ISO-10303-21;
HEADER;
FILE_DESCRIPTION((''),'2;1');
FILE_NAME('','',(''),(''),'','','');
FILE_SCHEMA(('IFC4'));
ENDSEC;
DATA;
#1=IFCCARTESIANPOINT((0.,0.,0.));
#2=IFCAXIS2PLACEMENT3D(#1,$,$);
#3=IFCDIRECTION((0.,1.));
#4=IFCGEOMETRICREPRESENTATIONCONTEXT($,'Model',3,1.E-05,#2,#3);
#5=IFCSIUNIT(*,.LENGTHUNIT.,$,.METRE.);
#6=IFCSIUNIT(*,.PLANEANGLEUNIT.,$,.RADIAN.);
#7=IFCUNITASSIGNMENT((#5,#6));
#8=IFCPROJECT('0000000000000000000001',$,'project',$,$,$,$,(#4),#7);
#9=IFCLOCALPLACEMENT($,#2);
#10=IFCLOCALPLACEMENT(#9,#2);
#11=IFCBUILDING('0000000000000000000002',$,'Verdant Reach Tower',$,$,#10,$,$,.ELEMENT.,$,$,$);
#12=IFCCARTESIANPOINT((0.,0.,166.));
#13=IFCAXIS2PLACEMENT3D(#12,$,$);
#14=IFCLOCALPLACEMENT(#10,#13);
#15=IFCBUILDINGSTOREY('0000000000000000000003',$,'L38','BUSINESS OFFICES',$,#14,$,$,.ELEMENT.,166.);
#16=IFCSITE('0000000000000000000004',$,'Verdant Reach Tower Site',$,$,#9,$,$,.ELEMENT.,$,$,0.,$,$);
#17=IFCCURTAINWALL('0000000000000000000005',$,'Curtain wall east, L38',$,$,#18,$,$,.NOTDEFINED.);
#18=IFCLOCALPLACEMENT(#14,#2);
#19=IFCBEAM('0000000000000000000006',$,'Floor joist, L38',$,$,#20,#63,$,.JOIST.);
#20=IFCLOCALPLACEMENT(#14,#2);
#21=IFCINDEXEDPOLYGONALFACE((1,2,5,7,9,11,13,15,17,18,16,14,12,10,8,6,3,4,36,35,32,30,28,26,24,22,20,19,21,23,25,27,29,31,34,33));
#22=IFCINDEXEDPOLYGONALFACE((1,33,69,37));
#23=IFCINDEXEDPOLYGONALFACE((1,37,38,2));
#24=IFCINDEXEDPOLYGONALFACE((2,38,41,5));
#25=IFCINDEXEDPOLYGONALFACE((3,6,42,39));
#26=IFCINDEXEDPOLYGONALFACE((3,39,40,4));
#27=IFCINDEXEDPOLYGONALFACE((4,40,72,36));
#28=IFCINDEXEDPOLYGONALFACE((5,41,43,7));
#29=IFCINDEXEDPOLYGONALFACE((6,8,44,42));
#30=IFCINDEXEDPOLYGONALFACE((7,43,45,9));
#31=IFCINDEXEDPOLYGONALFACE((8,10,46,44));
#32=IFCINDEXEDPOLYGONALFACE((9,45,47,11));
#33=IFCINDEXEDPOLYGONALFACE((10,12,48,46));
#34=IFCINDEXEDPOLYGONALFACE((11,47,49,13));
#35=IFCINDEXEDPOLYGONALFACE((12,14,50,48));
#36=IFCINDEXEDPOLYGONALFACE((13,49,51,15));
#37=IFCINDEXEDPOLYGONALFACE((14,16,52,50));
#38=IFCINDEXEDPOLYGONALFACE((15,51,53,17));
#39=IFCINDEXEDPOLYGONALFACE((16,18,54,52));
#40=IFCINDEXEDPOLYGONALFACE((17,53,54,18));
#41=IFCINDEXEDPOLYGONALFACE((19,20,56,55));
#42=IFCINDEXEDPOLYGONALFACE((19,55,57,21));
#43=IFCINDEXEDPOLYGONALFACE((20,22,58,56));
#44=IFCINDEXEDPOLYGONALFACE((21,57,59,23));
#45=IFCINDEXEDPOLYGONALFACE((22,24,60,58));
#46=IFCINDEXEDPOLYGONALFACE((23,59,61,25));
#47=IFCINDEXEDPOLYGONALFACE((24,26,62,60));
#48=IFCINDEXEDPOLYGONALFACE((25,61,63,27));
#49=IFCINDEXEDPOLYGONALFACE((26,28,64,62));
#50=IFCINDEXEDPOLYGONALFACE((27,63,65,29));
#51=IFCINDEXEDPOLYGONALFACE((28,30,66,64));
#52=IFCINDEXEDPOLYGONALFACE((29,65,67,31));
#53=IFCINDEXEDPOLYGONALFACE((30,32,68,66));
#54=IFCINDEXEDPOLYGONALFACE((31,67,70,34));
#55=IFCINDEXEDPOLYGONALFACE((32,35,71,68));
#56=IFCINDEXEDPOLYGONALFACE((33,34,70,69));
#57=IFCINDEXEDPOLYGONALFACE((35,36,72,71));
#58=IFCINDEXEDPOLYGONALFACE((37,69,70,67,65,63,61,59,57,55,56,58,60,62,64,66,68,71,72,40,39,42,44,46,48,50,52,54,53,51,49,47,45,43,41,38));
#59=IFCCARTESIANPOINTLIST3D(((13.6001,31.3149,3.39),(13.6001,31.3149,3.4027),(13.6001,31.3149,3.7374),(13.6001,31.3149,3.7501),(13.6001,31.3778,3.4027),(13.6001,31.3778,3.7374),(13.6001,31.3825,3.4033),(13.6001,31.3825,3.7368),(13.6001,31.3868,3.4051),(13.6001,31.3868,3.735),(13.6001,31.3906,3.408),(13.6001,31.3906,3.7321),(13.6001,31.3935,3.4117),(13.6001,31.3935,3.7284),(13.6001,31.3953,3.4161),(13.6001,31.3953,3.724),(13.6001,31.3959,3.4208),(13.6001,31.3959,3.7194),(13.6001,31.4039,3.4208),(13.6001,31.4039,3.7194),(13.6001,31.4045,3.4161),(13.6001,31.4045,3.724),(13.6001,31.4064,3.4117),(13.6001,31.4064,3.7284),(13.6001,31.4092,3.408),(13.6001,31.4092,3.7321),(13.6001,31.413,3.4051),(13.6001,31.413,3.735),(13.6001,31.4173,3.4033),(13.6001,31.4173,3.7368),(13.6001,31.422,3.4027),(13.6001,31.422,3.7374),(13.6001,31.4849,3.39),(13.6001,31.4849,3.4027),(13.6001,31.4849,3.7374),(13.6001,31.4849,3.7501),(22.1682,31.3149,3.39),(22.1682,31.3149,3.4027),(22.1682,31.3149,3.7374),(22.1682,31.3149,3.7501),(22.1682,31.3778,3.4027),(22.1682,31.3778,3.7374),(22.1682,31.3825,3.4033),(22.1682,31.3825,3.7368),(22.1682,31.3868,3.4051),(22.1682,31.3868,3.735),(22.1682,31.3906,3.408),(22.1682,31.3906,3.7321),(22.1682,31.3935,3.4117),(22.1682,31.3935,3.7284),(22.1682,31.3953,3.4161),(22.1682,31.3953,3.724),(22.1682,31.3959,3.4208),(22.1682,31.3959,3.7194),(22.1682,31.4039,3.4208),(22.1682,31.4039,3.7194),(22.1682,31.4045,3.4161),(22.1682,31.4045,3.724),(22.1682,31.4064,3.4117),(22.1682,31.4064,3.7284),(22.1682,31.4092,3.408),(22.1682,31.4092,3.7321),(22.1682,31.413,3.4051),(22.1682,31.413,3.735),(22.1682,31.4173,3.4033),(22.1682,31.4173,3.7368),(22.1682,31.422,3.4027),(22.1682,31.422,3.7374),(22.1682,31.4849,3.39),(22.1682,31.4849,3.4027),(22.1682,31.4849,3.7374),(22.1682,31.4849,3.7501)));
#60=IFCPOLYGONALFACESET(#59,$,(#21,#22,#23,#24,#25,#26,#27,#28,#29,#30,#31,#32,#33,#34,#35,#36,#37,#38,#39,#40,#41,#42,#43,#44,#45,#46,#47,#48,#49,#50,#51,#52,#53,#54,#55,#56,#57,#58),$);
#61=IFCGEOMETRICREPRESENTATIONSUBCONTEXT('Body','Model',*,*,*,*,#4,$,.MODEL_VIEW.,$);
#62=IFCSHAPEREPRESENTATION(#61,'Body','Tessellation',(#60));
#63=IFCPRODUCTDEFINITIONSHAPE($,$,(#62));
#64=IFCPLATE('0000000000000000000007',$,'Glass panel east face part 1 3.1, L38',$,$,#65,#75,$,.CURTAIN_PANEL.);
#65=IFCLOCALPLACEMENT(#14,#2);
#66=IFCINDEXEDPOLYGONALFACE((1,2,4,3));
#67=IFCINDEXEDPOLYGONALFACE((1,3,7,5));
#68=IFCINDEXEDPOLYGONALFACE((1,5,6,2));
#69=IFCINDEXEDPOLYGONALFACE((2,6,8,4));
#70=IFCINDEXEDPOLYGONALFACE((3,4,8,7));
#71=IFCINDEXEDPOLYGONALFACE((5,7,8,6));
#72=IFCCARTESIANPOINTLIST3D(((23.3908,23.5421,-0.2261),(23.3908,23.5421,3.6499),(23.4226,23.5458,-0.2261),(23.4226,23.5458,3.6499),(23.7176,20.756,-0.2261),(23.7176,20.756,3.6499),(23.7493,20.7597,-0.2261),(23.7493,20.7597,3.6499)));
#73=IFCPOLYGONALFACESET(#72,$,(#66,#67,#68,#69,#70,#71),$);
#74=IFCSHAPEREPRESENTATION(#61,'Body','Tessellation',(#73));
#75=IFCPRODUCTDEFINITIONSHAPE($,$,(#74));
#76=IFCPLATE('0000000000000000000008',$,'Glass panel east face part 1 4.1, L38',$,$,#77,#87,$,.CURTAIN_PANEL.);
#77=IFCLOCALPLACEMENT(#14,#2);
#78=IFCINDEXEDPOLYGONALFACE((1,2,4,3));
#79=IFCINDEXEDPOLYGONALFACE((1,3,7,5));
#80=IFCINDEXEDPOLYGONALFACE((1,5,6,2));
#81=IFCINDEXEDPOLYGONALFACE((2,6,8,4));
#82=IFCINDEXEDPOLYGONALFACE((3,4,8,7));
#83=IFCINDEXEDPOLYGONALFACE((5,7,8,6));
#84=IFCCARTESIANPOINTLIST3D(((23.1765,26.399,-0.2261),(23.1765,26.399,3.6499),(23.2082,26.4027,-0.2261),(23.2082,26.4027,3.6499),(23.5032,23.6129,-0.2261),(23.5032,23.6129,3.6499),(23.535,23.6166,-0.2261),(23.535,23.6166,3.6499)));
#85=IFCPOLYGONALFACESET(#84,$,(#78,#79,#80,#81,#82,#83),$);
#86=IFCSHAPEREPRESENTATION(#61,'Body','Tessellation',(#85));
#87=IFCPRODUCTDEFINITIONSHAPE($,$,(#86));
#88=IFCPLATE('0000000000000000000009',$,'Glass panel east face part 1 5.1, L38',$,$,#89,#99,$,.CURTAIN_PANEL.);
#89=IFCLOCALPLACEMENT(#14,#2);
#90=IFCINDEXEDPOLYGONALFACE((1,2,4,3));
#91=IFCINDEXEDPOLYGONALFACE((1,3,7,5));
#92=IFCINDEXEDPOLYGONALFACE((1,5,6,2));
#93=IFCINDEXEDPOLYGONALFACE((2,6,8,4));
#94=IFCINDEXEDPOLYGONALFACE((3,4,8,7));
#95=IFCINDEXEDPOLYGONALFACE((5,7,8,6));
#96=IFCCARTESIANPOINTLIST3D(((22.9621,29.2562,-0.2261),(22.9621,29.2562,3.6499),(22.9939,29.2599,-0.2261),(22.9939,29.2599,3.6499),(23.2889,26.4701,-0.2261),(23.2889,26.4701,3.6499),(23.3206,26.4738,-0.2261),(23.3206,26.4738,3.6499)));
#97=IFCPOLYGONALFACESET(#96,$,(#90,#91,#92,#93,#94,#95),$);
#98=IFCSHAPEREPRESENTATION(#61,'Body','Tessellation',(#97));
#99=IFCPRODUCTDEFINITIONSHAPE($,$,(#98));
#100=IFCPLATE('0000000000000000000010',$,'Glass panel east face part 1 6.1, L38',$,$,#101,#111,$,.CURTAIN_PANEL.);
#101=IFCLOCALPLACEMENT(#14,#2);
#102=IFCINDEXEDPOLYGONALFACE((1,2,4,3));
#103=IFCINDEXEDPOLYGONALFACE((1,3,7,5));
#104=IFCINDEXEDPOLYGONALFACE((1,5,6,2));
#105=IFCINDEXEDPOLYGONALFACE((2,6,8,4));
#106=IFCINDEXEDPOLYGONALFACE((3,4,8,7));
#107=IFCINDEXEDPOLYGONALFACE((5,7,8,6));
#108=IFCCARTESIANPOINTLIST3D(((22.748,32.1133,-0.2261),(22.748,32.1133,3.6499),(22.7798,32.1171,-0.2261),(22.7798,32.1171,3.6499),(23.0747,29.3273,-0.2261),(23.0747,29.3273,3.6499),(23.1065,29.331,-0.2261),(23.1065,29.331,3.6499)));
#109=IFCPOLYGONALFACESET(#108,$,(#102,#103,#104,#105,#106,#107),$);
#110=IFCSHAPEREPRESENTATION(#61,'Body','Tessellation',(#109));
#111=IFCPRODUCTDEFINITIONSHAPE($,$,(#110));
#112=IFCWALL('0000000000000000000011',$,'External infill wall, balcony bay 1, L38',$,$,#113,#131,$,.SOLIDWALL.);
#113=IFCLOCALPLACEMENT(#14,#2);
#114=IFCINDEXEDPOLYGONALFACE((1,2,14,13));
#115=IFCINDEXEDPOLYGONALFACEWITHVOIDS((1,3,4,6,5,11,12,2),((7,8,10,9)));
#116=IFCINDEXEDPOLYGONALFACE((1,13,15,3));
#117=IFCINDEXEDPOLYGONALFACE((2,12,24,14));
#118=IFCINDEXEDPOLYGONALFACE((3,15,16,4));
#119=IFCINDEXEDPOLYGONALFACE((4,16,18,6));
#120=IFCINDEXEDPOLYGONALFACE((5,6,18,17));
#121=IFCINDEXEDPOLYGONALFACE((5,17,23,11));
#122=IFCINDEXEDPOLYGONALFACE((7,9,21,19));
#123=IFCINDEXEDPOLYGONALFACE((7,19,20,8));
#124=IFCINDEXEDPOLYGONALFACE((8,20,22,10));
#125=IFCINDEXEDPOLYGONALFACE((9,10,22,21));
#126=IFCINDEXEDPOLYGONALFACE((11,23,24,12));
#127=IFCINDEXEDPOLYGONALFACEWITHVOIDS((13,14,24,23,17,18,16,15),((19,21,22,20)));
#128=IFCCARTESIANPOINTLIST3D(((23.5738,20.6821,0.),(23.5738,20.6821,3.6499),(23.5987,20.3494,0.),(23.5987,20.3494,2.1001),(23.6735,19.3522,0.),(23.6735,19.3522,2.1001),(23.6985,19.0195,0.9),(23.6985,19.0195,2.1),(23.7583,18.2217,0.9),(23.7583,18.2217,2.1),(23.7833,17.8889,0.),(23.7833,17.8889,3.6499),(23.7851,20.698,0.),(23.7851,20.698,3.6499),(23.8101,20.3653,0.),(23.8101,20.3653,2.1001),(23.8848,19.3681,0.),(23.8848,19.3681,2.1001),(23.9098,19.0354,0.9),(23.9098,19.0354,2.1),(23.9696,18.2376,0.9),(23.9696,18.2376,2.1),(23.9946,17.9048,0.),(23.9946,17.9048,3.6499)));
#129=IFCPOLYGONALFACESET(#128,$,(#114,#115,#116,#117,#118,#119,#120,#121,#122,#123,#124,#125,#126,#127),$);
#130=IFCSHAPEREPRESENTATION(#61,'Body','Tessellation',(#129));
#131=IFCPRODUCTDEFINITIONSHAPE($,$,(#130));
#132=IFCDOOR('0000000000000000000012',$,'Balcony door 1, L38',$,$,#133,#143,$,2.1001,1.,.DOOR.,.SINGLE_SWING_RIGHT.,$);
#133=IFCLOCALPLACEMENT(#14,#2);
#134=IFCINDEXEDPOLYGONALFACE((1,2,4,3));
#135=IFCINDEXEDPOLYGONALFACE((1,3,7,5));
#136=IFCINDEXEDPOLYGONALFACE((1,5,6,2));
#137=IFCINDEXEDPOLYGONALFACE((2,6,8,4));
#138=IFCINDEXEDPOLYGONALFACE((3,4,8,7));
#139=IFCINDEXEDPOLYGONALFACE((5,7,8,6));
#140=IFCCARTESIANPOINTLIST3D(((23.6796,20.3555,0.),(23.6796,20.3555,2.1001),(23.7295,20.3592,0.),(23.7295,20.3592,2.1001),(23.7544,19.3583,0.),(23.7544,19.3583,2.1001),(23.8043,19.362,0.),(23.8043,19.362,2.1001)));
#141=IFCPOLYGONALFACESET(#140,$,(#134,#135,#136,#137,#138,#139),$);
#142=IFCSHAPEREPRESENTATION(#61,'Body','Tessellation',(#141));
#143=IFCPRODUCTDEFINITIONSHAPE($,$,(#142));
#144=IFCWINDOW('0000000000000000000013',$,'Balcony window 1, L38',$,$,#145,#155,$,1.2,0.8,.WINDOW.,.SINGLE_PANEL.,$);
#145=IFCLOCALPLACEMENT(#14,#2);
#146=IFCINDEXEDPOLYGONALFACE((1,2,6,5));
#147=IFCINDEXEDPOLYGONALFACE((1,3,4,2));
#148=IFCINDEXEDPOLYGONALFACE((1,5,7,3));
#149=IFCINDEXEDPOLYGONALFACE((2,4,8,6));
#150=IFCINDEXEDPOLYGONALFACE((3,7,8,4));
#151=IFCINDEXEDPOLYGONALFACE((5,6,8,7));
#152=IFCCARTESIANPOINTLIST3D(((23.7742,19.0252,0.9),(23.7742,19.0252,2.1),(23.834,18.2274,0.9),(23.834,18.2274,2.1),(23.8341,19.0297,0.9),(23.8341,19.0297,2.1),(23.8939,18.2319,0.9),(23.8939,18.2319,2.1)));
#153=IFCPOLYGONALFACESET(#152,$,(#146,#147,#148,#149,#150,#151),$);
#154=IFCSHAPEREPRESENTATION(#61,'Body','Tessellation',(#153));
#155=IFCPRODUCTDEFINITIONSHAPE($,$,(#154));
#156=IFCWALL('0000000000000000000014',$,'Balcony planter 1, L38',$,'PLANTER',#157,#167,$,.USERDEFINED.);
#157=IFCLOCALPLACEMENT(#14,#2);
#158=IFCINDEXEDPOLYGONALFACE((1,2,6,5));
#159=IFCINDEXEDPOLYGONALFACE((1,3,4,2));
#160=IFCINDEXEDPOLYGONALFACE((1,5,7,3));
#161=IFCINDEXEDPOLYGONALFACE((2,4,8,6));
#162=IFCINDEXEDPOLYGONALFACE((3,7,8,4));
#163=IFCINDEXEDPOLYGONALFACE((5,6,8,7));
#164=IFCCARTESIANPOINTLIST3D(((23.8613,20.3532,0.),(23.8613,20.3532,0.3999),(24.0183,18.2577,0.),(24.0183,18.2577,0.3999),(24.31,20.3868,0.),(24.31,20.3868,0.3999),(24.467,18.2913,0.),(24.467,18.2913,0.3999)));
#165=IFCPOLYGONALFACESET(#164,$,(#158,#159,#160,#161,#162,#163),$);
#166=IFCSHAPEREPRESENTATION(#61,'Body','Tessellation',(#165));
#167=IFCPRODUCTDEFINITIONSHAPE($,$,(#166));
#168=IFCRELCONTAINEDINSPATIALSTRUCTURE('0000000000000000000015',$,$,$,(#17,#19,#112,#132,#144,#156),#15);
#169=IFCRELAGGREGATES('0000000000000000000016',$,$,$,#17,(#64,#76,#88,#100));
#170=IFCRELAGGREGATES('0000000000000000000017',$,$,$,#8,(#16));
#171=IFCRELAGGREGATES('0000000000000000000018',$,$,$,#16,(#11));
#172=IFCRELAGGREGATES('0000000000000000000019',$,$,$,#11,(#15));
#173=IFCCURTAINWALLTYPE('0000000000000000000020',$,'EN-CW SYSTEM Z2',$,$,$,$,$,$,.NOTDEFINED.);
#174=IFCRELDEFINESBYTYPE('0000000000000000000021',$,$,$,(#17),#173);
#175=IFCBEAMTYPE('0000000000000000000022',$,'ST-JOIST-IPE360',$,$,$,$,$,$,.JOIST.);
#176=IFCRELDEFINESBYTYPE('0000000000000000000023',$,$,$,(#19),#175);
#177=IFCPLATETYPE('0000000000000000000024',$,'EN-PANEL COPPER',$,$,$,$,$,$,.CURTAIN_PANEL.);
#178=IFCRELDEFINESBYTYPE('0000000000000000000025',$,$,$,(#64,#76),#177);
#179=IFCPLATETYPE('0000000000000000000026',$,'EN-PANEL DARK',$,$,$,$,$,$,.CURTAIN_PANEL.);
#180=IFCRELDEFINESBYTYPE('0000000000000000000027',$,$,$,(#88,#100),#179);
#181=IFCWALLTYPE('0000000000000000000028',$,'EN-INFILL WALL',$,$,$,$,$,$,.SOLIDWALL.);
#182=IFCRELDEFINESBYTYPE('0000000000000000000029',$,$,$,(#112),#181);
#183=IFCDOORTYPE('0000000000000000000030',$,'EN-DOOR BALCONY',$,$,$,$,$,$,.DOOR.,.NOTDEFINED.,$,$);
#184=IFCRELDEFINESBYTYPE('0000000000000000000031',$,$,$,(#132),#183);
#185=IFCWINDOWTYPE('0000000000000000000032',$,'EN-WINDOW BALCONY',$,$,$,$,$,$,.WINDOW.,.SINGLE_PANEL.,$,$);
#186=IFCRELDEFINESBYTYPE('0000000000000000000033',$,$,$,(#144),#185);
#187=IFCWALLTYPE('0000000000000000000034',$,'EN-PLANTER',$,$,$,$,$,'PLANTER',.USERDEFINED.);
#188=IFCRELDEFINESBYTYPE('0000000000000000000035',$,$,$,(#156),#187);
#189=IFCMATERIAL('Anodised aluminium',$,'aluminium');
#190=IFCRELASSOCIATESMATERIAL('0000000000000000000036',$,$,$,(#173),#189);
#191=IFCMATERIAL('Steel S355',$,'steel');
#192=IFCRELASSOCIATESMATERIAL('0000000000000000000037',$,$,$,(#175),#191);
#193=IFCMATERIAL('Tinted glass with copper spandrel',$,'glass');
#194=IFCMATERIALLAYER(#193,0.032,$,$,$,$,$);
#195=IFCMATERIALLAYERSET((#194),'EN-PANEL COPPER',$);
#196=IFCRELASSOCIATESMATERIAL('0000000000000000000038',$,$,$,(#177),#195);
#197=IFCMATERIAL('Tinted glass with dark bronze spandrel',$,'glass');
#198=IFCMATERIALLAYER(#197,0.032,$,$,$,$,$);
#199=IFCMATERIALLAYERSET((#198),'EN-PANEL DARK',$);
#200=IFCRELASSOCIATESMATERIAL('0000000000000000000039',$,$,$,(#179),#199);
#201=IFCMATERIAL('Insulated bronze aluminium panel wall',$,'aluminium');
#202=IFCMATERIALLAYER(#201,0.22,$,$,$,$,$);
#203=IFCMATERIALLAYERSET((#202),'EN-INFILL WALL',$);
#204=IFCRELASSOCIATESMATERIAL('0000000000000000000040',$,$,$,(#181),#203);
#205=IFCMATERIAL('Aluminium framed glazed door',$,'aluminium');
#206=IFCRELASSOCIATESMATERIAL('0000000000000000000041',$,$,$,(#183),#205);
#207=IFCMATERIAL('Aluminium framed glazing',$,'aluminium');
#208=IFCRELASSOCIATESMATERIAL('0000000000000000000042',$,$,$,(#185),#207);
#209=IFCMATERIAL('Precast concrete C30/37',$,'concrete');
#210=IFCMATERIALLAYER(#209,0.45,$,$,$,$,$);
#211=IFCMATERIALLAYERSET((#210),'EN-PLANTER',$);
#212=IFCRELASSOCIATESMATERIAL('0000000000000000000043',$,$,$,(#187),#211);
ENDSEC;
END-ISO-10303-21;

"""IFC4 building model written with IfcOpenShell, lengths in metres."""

from ifc_helpers import new_model, si_unit, direction, frame, frame_2d, origin, origin_2d, place, context, subcontext, project, spatial, rectangle, i_section, extrude, material, layer, layer_set, material_profile, profile_set, type_object, element, fill, aggregate, save


model = new_model("IFC4")

# Units and contexts
model_context = context("Model", 3, precision=1e-05, world=origin(), true_north=direction((0.0, 1.0)))
body_context = subcontext(model_context, "Body", "Model", "MODEL_VIEW")
ifc_project = project(units=[si_unit("LENGTHUNIT", "METRE"), si_unit("PLANEANGLEUNIT", "RADIAN")], contexts=[model_context])

# Site, building, storey
site_placement = place(None, origin())
site = spatial("IfcSite", under=ifc_project, at=site_placement, Name="Verdant Reach Tower Site", CompositionType="ELEMENT", RefElevation=0.0)
building_placement = place(site_placement, origin())
building = spatial("IfcBuilding", under=site, at=building_placement, Name="Verdant Reach Tower", CompositionType="ELEMENT")
storey_placement = place(building_placement, frame((0.0, 0.0, 166.0)))
storey = spatial("IfcBuildingStorey", under=building, at=storey_placement, Name="L38", Description="BUSINESS OFFICES", CompositionType="ELEMENT", Elevation=166.0)

# Curtain wall
ifc_material_1 = material(Name="Anodised aluminium", Category="aluminium")
curtain_wall_type = type_object("IfcCurtainWallType", Name="EN-CW SYSTEM Z2", PredefinedType="NOTDEFINED", material=ifc_material_1)
curtain_wall_placement = place(storey_placement, origin())
curtain_wall = element("IfcCurtainWall", 1, at=curtain_wall_placement, inside=storey, type_object=curtain_wall_type, Name="Curtain wall east, L38", PredefinedType="NOTDEFINED")

# Beam
ifc_material_2 = material(Name="Steel S355", Category="steel")
ifc_material_profile_1 = material_profile(ifc_material_2, i_section(OverallWidth=0.1699, OverallDepth=0.3601, WebThickness=0.0081, FlangeThickness=0.0127, FilletRadius=0.0181, at=origin_2d()), Name="IPE 360")
ifc_profile_set_1 = profile_set([ifc_material_profile_1], Name="Steel S355")
beam_type = type_object("IfcBeamType", Name="ST-JOIST-IPE360", PredefinedType="JOIST", material=ifc_profile_set_1)
beam_1_placement = place(storey_placement, frame((13.6001, 31.3999, 3.5701), z_axis=(1.0, 0.0, 0.0), x_axis=(0.0, 1.0, 0.0)))
element("IfcBeam", 2, at=beam_1_placement, inside=storey, type_object=beam_type, Name="Floor joist, L38", PredefinedType="JOIST", context=body_context, shape_type="SweptSolid", body=[
    extrude(i_section(OverallWidth=0.1699, OverallDepth=0.3601, WebThickness=0.0081, FlangeThickness=0.0127, FilletRadius=0.0181, at=origin_2d()), origin(), (0.0, 0.0, 1.0), 8.5681),
])

# Plates
ifc_material_3 = material(Name="Tinted glass with copper spandrel", Category="glass")
ifc_layer_1 = layer(ifc_material_3, 0.032)
ifc_layer_set_1 = layer_set([ifc_layer_1], Name="EN-PANEL COPPER")
plate_type_1 = type_object("IfcPlateType", Name="EN-PANEL COPPER", PredefinedType="CURTAIN_PANEL", material=ifc_layer_set_1)
plate_1_placement = place(storey_placement, frame((23.5701, 22.1509, -0.2261), z_axis=(0.0, 0.0, 1.0), x_axis=(-0.116483, 0.993193, 0.0)))
plate_1 = element("IfcPlate", 3, at=plate_1_placement, type_object=plate_type_1, Name="Glass panel east face part 1 3.1, L38", PredefinedType="CURTAIN_PANEL", context=body_context, shape_type="SweptSolid", body=[
    extrude(rectangle(XDim=2.8052, YDim=0.032, at=origin_2d()), origin(), (0.0, 0.0, 1.0), 3.876),
])
plate_2_placement = place(storey_placement, frame((23.3557, 25.0078, -0.2261), z_axis=(0.0, 0.0, 1.0), x_axis=(-0.116483, 0.993193, 0.0)))
plate_2 = element("IfcPlate", 4, at=plate_2_placement, type_object=plate_type_1, Name="Glass panel east face part 1 4.1, L38", PredefinedType="CURTAIN_PANEL", context=body_context, shape_type="SweptSolid", body=[
    extrude(rectangle(XDim=2.8052, YDim=0.032, at=origin_2d()), origin(), (0.0, 0.0, 1.0), 3.876),
])
ifc_material_4 = material(Name="Tinted glass with dark bronze spandrel", Category="glass")
ifc_layer_2 = layer(ifc_material_4, 0.032)
ifc_layer_set_2 = layer_set([ifc_layer_2], Name="EN-PANEL DARK")
plate_type_2 = type_object("IfcPlateType", Name="EN-PANEL DARK", PredefinedType="CURTAIN_PANEL", material=ifc_layer_set_2)
plate_3_placement = place(storey_placement, frame((23.1414, 27.865, -0.2261), z_axis=(0.0, 0.0, 1.0), x_axis=(-0.116483, 0.993193, 0.0)))
plate_3 = element("IfcPlate", 5, at=plate_3_placement, type_object=plate_type_2, Name="Glass panel east face part 1 5.1, L38", PredefinedType="CURTAIN_PANEL", context=body_context, shape_type="SweptSolid", body=[
    extrude(rectangle(XDim=2.8052, YDim=0.032, at=origin_2d()), origin(), (0.0, 0.0, 1.0), 3.876),
])
plate_4_placement = place(storey_placement, frame((22.9272, 30.7222, -0.2261), z_axis=(0.0, 0.0, 1.0), x_axis=(-0.116483, 0.993193, 0.0)))
plate_4 = element("IfcPlate", 6, at=plate_4_placement, type_object=plate_type_2, Name="Glass panel east face part 1 6.1, L38", PredefinedType="CURTAIN_PANEL", context=body_context, shape_type="SweptSolid", body=[
    extrude(rectangle(XDim=2.8052, YDim=0.032, at=origin_2d()), origin(), (0.0, 0.0, 1.0), 3.876),
])
aggregate(curtain_wall, [plate_1, plate_2, plate_3, plate_4])

# Wall, openings, door, window
ifc_material_5 = material(Name="Insulated bronze aluminium panel wall", Category="aluminium")
ifc_layer_3 = layer(ifc_material_5, 0.22)
ifc_layer_set_3 = layer_set([ifc_layer_3], Name="EN-INFILL WALL")
wall_type_1 = type_object("IfcWallType", Name="EN-INFILL WALL", PredefinedType="SOLIDWALL", material=ifc_layer_set_3)
wall_1_placement = place(storey_placement, frame((23.8889, 17.897, 0.0), z_axis=(0.0, 0.0, 1.0), x_axis=(-0.074783, 0.9972, 0.0)))
wall_1 = element("IfcWall", 7, at=wall_1_placement, inside=storey, type_object=wall_type_1, Name="External infill wall, balcony bay 1, L38", PredefinedType="SOLIDWALL", context=body_context, shape_type="SweptSolid", body=[
    extrude(rectangle(XDim=2.801, YDim=0.2119, at=frame_2d((1.4004, 0.0))), origin(), (0.0, 0.0, 1.0), 3.6499),
])
opening_1_placement = place(wall_1_placement, frame((1.4673, 0.0, 0.0)))
opening_1 = element("IfcOpeningElement", 8, at=opening_1_placement, cuts=wall_1, PredefinedType="OPENING", context=body_context, shape_type="SweptSolid", body=[
    extrude(rectangle(XDim=1.0, YDim=2.1001, at=frame_2d((0.5, 1.05))), frame((0.0, 0.116, 0.0), z_axis=(0.0, -1.0, 0.0), x_axis=(1.0, 0.0, 0.0)), (0.0, 0.0, 1.0), 0.2319),
])
opening_2_placement = place(wall_1_placement, frame((0.3337, 0.0, 0.8999)))
opening_2 = element("IfcOpeningElement", 9, at=opening_2_placement, cuts=wall_1, PredefinedType="OPENING", context=body_context, shape_type="SweptSolid", body=[
    extrude(rectangle(XDim=0.8, YDim=1.2, at=frame_2d((0.3999, 0.6001))), frame((0.0, 0.116, 0.0), z_axis=(0.0, -1.0, 0.0), x_axis=(1.0, 0.0, 0.0)), (0.0, 0.0, 1.0), 0.2319),
])
ifc_material_6 = material(Name="Aluminium framed glazed door", Category="aluminium")
door_type_1 = type_object("IfcDoorType", Name="EN-DOOR BALCONY", OperationType="NOTDEFINED", PredefinedType="DOOR", material=ifc_material_6)
door_1_placement = place(opening_1_placement, origin())
door_1 = element("IfcDoor", 10, at=door_1_placement, inside=storey, type_object=door_type_1, Name="Balcony door 1, L38", OperationType="SINGLE_SWING_RIGHT", OverallHeight=2.1001, OverallWidth=1.0, PredefinedType="DOOR", context=body_context, shape_type="SweptSolid", body=[
    extrude(rectangle(XDim=1.0, YDim=2.1001, at=frame_2d((0.5, 1.05))), frame((0.0, 0.0249, 0.0), z_axis=(0.0, -1.0, 0.0), x_axis=(1.0, 0.0, 0.0)), (0.0, 0.0, 1.0), 0.05),
])
fill(opening_1, door_1)
ifc_material_7 = material(Name="Aluminium framed glazing", Category="aluminium")
window_type = type_object("IfcWindowType", Name="EN-WINDOW BALCONY", PartitioningType="SINGLE_PANEL", PredefinedType="WINDOW", material=ifc_material_7)
window_placement = place(opening_2_placement, origin())
window = element("IfcWindow", 11, at=window_placement, inside=storey, type_object=window_type, Name="Balcony window 1, L38", OverallHeight=1.2, OverallWidth=0.8, PartitioningType="SINGLE_PANEL", PredefinedType="WINDOW", context=body_context, shape_type="SweptSolid", body=[
    extrude(rectangle(XDim=0.8, YDim=1.2, at=frame_2d((0.3999, 0.6001))), frame((0.0, 0.03, 0.0), z_axis=(0.0, -1.0, 0.0), x_axis=(1.0, 0.0, 0.0)), (0.0, 0.0, 1.0), 0.0601),
])
fill(opening_2, window)

# Wall
ifc_material_8 = material(Name="Precast concrete C30/37", Category="concrete")
ifc_layer_4 = layer(ifc_material_8, 0.45)
ifc_layer_set_4 = layer_set([ifc_layer_4], Name="EN-PLANTER")
wall_type_2 = type_object("IfcWallType", Name="EN-PLANTER", ElementType="PLANTER", PredefinedType="USERDEFINED", material=ifc_layer_set_4)
wall_2_placement = place(storey_placement, frame((24.2427, 18.2744, 0.0), z_axis=(0.0, 0.0, 1.0), x_axis=(-0.074706, 0.997206, 0.0)))
element("IfcWall", 12, at=wall_2_placement, inside=storey, type_object=wall_type_2, Name="Balcony planter 1, L38", ObjectType="PLANTER", PredefinedType="USERDEFINED", context=body_context, shape_type="SweptSolid", body=[
    extrude(rectangle(XDim=2.1013, YDim=0.45, at=frame_2d((1.0508, 0.0))), origin(), (0.0, 0.0, 1.0), 0.3999),
])

save(model, "model.ifc")
